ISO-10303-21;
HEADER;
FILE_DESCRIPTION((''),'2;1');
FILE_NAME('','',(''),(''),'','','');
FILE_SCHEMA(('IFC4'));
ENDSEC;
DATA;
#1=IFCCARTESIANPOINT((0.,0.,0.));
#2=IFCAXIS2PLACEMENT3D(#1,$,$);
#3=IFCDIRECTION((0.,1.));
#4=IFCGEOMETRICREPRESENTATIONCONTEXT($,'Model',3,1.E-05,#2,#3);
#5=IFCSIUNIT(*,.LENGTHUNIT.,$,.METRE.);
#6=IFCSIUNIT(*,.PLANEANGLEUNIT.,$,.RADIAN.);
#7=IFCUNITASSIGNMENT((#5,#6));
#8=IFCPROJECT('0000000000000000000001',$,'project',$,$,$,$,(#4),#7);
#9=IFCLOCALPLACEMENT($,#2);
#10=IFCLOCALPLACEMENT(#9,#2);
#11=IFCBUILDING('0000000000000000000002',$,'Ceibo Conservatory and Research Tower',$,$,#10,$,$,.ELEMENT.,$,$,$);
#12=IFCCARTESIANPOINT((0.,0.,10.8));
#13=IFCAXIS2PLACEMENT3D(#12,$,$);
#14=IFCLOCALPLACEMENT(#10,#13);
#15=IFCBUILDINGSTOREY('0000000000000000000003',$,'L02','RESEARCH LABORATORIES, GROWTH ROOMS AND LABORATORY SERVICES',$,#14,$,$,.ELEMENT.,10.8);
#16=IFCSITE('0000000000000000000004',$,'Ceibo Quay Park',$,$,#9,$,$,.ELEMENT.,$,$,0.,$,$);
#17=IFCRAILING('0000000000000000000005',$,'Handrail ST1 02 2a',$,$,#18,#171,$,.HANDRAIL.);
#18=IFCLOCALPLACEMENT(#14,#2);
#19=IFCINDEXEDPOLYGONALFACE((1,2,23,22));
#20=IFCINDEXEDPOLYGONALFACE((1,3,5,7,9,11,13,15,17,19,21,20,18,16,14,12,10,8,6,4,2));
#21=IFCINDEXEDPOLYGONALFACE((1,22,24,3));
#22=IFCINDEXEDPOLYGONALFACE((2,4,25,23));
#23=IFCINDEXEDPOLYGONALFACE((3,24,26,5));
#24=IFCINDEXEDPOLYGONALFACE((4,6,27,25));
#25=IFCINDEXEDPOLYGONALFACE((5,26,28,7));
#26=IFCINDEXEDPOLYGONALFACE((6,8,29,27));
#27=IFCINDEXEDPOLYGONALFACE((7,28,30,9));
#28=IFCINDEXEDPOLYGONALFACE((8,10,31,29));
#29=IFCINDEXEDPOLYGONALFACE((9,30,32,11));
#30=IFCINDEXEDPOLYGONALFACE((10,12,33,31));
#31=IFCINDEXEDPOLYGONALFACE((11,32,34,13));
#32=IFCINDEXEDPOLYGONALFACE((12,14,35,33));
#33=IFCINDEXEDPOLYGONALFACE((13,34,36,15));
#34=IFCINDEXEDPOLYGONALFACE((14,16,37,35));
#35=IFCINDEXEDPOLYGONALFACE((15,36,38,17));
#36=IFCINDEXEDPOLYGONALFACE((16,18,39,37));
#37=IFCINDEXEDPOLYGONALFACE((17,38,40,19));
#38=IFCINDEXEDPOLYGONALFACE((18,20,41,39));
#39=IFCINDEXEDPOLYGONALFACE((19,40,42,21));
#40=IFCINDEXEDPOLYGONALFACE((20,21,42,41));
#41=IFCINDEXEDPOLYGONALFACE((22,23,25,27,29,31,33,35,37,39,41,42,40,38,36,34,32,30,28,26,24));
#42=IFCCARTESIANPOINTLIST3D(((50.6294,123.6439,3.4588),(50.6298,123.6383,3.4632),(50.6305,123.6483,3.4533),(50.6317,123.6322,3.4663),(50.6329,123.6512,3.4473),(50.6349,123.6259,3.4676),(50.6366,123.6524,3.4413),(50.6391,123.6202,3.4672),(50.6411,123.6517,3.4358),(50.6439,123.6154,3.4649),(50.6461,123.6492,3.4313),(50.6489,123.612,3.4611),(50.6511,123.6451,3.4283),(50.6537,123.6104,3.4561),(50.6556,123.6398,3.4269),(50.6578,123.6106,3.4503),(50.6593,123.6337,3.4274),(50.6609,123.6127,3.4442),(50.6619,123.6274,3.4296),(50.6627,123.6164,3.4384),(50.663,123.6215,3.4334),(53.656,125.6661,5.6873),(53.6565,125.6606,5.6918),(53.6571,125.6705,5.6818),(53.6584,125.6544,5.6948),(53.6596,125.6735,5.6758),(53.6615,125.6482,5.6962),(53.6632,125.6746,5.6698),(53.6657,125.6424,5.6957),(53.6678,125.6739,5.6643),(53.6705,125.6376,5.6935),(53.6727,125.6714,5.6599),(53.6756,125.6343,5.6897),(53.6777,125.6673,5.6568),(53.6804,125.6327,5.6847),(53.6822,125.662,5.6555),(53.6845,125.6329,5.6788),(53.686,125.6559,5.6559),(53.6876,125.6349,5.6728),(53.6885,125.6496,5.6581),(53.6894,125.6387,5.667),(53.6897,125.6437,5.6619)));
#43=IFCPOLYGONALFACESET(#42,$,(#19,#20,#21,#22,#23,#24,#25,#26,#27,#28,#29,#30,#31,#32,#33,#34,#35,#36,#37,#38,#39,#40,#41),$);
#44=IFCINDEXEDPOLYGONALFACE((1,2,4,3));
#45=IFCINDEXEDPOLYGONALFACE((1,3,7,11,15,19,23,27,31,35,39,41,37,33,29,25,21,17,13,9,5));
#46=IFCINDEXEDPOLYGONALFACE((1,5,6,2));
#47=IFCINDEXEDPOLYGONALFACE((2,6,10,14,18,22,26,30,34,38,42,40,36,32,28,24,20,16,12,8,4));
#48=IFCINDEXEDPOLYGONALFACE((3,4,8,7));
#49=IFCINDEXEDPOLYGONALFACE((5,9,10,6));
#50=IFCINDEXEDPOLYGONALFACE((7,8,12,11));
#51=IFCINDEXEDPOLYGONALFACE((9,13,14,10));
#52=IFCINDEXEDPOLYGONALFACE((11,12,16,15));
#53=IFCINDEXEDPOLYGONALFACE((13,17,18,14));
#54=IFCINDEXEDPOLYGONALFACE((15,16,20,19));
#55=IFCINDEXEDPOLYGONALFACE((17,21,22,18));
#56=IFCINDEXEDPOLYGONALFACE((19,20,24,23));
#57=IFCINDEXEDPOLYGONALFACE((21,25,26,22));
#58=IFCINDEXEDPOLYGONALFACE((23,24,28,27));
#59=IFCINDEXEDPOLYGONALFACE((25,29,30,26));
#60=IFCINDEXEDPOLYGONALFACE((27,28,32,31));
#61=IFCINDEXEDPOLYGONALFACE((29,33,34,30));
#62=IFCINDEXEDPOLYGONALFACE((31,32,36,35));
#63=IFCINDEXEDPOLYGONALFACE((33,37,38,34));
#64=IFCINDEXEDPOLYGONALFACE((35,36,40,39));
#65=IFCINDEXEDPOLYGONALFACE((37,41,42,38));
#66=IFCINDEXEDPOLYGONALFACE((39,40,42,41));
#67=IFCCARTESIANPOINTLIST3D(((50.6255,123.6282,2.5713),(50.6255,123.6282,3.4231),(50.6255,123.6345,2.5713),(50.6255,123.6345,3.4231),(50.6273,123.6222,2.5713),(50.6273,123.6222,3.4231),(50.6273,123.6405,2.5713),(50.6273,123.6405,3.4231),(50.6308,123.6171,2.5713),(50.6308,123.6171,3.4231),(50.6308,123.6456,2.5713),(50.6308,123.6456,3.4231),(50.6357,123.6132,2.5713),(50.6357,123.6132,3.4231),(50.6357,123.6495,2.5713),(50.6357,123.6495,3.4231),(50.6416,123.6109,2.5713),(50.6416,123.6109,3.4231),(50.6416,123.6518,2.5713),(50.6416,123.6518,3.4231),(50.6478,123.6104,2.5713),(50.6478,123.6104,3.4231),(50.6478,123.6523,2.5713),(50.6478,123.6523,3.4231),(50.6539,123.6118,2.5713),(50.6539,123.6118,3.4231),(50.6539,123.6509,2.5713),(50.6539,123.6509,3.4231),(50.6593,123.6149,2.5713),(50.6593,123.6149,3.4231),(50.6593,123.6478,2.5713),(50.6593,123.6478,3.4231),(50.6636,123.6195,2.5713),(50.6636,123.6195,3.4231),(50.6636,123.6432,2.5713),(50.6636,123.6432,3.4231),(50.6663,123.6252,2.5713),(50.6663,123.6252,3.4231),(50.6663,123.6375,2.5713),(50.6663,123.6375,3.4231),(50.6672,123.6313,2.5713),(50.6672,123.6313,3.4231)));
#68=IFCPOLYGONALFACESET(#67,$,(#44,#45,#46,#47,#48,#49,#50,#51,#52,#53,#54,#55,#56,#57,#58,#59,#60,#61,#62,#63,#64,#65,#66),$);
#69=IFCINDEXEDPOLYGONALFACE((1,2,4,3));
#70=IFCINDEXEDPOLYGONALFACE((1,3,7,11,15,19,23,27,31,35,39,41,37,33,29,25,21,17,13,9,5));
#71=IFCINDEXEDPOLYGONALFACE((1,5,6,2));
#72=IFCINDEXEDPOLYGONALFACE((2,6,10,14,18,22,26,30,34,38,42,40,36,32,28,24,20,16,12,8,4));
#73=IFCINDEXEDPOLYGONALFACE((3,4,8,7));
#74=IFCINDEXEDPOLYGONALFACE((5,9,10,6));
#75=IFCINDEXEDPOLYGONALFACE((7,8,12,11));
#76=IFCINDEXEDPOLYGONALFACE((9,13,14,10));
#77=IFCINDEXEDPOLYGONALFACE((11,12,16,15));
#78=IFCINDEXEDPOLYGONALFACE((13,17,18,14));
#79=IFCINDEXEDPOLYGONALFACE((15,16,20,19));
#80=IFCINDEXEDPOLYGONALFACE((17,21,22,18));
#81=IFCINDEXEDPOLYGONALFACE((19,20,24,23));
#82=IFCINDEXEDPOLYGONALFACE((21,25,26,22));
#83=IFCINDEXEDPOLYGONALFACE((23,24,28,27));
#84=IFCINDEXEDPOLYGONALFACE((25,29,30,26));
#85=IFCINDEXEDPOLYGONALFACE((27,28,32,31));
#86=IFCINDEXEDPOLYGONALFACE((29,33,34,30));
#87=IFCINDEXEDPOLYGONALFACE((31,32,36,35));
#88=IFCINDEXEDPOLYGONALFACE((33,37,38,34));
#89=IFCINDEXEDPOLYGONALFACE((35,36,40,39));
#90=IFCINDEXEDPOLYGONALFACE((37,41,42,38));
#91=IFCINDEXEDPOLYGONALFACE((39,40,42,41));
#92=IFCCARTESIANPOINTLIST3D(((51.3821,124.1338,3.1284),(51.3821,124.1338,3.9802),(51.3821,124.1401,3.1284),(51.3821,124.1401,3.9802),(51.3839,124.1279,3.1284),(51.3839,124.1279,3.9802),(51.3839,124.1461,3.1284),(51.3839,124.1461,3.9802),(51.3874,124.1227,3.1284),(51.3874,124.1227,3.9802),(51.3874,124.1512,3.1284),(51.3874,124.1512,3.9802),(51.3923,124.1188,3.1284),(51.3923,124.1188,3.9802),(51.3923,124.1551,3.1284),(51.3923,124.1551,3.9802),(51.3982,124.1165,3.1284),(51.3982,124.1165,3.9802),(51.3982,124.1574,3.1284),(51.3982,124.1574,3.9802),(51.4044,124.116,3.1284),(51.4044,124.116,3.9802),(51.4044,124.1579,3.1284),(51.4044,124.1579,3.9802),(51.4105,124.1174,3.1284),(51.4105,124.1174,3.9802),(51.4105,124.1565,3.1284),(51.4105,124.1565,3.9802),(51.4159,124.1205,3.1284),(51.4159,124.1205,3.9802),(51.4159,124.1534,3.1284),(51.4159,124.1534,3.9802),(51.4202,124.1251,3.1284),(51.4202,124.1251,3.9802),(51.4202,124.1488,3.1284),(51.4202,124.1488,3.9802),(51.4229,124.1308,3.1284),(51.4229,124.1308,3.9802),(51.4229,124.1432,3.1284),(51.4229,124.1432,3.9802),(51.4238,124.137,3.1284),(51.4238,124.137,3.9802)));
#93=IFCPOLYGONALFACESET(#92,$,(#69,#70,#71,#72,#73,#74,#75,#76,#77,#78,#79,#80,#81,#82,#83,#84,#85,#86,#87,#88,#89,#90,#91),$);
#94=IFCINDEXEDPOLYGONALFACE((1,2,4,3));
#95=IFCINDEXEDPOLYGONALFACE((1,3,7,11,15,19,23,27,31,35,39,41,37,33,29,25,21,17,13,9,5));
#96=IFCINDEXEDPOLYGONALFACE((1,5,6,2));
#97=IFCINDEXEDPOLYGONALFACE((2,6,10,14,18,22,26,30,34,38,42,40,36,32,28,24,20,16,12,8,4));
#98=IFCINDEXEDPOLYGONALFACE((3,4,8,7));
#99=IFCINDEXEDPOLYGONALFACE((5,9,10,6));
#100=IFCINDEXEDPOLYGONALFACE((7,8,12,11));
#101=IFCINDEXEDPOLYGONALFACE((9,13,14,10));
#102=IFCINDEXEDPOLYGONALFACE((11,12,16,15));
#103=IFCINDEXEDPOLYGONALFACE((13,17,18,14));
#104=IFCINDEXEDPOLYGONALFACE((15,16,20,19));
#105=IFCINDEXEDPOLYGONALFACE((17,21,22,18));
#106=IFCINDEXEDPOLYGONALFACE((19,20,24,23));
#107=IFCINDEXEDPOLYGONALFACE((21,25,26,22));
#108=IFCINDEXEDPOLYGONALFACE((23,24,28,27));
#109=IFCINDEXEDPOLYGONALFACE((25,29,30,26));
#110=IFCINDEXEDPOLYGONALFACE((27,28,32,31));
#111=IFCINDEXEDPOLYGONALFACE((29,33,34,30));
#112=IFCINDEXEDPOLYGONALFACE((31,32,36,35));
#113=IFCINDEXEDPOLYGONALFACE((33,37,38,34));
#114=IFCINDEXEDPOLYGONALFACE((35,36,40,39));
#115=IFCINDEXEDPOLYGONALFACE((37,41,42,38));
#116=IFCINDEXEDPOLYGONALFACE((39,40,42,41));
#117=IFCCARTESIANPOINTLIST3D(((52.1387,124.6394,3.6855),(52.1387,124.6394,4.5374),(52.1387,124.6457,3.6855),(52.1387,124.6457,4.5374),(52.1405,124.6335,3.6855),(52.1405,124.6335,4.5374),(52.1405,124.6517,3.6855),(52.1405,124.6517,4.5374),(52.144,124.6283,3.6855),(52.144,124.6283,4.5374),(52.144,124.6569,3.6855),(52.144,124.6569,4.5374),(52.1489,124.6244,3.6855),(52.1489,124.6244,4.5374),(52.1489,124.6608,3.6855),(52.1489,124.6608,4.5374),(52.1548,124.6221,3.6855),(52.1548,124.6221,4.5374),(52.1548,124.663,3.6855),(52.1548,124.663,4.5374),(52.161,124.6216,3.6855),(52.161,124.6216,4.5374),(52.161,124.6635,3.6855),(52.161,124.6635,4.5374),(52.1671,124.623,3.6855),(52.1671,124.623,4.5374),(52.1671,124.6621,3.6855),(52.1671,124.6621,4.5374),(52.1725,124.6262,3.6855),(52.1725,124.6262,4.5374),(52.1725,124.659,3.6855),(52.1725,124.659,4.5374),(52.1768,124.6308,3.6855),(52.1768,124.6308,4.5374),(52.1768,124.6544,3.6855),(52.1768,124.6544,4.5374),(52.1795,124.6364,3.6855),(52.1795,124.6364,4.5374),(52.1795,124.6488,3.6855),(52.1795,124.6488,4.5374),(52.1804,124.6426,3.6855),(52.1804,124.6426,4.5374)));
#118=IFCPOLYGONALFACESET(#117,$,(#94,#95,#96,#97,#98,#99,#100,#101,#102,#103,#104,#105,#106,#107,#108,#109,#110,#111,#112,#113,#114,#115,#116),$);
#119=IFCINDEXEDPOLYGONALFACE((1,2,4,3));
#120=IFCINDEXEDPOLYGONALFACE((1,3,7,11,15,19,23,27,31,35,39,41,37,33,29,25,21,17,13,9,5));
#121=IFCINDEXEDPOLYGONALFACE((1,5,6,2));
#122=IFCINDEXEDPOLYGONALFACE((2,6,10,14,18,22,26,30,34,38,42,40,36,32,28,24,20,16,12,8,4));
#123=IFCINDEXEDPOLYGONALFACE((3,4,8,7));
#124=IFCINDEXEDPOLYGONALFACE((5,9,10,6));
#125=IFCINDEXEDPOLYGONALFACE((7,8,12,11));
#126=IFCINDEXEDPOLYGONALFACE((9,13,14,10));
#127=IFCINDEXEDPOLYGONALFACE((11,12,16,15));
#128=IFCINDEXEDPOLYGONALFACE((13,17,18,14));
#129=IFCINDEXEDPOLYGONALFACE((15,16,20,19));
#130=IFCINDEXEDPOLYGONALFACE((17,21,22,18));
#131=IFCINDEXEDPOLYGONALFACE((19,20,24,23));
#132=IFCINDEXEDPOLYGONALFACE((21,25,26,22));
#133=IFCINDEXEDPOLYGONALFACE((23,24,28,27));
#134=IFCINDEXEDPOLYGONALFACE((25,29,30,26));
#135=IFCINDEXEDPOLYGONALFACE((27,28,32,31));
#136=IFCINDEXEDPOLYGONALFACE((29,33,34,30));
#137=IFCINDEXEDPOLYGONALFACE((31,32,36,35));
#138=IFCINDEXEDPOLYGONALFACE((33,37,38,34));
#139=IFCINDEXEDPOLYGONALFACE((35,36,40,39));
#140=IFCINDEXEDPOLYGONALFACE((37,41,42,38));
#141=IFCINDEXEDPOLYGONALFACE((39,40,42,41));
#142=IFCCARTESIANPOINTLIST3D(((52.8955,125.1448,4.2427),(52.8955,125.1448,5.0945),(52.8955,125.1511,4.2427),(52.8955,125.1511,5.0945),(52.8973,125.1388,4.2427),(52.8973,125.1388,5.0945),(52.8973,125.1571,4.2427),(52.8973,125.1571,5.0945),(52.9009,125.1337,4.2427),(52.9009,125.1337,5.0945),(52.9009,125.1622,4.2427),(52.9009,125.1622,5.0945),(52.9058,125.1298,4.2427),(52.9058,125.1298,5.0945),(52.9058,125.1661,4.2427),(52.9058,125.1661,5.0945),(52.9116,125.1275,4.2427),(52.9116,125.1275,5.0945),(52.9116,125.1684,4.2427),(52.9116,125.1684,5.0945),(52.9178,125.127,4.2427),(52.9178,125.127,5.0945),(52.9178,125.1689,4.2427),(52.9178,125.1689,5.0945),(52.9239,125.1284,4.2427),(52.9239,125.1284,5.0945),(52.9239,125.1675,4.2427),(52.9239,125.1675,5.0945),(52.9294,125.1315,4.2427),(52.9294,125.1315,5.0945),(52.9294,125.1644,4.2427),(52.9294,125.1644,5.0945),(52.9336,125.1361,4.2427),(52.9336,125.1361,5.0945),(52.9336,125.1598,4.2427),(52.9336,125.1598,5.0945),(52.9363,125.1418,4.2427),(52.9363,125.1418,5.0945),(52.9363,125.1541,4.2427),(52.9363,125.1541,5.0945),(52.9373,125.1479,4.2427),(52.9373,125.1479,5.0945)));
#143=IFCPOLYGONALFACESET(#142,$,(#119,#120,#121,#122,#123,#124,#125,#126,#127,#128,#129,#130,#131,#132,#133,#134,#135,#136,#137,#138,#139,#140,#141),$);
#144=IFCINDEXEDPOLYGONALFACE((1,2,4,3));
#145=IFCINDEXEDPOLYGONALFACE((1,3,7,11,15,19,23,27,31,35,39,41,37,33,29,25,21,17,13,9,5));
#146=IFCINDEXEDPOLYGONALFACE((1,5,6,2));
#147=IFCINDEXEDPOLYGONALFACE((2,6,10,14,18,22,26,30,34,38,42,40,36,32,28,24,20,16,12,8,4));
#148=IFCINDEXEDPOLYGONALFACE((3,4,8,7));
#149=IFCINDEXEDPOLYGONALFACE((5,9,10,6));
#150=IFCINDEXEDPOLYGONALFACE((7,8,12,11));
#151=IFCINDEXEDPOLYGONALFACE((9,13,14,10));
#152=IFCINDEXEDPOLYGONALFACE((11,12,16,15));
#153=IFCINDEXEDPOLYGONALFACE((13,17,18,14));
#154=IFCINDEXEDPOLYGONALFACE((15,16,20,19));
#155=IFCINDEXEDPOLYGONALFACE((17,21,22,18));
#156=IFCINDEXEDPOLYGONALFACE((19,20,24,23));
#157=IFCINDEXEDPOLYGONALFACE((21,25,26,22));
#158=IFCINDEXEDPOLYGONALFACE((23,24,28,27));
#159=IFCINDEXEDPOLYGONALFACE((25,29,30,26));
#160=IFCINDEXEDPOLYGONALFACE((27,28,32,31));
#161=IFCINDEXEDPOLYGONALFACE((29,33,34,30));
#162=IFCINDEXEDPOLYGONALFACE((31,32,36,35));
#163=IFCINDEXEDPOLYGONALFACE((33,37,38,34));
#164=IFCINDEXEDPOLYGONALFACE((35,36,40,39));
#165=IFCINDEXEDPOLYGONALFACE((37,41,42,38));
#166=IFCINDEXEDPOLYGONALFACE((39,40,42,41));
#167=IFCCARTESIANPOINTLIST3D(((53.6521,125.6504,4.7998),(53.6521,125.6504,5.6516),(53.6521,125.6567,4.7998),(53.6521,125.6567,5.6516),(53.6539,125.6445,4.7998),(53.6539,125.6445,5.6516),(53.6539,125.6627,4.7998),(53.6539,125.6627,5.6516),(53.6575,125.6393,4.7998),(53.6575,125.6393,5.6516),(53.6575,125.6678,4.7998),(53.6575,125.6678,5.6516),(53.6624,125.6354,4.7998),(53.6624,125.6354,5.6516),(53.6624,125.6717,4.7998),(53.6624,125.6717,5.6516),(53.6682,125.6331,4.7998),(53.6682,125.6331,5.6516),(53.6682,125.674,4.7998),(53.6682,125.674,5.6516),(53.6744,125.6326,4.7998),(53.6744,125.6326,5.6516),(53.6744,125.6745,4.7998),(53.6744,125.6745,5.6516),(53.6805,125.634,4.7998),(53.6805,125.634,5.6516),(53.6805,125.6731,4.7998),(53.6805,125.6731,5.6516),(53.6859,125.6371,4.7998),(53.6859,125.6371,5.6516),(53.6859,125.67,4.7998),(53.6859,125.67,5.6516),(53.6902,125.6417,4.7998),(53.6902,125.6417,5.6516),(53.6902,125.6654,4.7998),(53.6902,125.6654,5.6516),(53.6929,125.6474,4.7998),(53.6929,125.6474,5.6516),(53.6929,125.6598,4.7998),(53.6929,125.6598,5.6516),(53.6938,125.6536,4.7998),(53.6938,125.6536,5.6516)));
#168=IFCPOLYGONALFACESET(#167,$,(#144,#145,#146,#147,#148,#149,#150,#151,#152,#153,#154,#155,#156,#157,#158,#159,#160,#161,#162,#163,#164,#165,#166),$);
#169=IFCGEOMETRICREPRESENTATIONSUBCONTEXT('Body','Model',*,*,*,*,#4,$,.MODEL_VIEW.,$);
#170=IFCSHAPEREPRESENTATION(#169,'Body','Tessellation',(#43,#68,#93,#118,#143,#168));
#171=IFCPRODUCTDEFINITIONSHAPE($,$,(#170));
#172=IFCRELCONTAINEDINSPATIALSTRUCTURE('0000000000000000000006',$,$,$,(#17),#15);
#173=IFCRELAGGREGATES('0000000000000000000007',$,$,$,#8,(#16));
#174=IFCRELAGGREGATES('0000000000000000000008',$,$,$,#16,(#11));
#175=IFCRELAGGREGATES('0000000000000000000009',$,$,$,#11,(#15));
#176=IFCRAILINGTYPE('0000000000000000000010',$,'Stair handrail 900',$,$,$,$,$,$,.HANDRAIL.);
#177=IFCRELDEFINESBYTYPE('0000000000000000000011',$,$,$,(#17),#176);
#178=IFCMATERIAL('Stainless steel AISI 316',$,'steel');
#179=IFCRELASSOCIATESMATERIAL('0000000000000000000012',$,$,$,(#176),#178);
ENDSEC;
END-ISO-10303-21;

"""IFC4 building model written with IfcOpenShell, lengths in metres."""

from ifc_helpers import new_model, si_unit, direction, frame, origin, origin_2d, place, context, subcontext, project, spatial, circle, extrude, material, type_object, element, save


model = new_model("IFC4")

# Units and contexts
model_context = context("Model", 3, precision=1e-05, world=origin(), true_north=direction((0.0, 1.0)))
body_context = subcontext(model_context, "Body", "Model", "MODEL_VIEW")
ifc_project = project(units=[si_unit("LENGTHUNIT", "METRE"), si_unit("PLANEANGLEUNIT", "RADIAN")], contexts=[model_context])

# Site, building, storey
site_placement = place(None, origin())
site = spatial("IfcSite", under=ifc_project, at=site_placement, Name="Ceibo Quay Park", CompositionType="ELEMENT", RefElevation=0.0)
building_placement = place(site_placement, origin())
building = spatial("IfcBuilding", under=site, at=building_placement, Name="Ceibo Conservatory and Research Tower", CompositionType="ELEMENT")
storey_placement = place(building_placement, frame((0.0, 0.0, 10.8)))
storey = spatial("IfcBuildingStorey", under=building, at=storey_placement, Name="L02", Description="RESEARCH LABORATORIES, GROWTH ROOMS AND LABORATORY SERVICES", CompositionType="ELEMENT", Elevation=10.8)

# Railing
ifc_material_1 = material(Name="Stainless steel AISI 316", Category="steel")
railing_type = type_object("IfcRailingType", Name="Stair handrail 900", PredefinedType="HANDRAIL", material=ifc_material_1)
railing_1_placement = place(storey_placement, frame((50.6462, 123.6313, 2.5713)))
element("IfcRailing", 1, at=railing_1_placement, inside=storey, type_object=railing_type, Name="Handrail ST1 02 2a", PredefinedType="HANDRAIL", context=body_context, shape_type="SweptSolid", body=[
    extrude(circle(Radius=0.0239, at=origin_2d()), frame((0.0, 0.0, 0.876), z_axis=(0.709137, 0.473806, 0.522142), x_axis=(-0.555551, 0.831482, 0.0)), (0.0, 0.0, 1.0), 4.2681),
    extrude(circle(Radius=0.021, at=origin_2d()), origin(), (0.0, 0.0, 1.0), 0.8518),
    extrude(circle(Radius=0.021, at=origin_2d()), frame((0.7566, 0.5056, 0.5571)), (0.0, 0.0, 1.0), 0.8518),
    extrude(circle(Radius=0.021, at=origin_2d()), frame((1.5132, 1.0112, 1.1143)), (0.0, 0.0, 1.0), 0.8518),
    extrude(circle(Radius=0.021, at=origin_2d()), frame((2.27, 1.5166, 1.6714)), (0.0, 0.0, 1.0), 0.8518),
    extrude(circle(Radius=0.021, at=origin_2d()), frame((3.0266, 2.0222, 2.2285)), (0.0, 0.0, 1.0), 0.8518),
])

save(model, "model.ifc")
